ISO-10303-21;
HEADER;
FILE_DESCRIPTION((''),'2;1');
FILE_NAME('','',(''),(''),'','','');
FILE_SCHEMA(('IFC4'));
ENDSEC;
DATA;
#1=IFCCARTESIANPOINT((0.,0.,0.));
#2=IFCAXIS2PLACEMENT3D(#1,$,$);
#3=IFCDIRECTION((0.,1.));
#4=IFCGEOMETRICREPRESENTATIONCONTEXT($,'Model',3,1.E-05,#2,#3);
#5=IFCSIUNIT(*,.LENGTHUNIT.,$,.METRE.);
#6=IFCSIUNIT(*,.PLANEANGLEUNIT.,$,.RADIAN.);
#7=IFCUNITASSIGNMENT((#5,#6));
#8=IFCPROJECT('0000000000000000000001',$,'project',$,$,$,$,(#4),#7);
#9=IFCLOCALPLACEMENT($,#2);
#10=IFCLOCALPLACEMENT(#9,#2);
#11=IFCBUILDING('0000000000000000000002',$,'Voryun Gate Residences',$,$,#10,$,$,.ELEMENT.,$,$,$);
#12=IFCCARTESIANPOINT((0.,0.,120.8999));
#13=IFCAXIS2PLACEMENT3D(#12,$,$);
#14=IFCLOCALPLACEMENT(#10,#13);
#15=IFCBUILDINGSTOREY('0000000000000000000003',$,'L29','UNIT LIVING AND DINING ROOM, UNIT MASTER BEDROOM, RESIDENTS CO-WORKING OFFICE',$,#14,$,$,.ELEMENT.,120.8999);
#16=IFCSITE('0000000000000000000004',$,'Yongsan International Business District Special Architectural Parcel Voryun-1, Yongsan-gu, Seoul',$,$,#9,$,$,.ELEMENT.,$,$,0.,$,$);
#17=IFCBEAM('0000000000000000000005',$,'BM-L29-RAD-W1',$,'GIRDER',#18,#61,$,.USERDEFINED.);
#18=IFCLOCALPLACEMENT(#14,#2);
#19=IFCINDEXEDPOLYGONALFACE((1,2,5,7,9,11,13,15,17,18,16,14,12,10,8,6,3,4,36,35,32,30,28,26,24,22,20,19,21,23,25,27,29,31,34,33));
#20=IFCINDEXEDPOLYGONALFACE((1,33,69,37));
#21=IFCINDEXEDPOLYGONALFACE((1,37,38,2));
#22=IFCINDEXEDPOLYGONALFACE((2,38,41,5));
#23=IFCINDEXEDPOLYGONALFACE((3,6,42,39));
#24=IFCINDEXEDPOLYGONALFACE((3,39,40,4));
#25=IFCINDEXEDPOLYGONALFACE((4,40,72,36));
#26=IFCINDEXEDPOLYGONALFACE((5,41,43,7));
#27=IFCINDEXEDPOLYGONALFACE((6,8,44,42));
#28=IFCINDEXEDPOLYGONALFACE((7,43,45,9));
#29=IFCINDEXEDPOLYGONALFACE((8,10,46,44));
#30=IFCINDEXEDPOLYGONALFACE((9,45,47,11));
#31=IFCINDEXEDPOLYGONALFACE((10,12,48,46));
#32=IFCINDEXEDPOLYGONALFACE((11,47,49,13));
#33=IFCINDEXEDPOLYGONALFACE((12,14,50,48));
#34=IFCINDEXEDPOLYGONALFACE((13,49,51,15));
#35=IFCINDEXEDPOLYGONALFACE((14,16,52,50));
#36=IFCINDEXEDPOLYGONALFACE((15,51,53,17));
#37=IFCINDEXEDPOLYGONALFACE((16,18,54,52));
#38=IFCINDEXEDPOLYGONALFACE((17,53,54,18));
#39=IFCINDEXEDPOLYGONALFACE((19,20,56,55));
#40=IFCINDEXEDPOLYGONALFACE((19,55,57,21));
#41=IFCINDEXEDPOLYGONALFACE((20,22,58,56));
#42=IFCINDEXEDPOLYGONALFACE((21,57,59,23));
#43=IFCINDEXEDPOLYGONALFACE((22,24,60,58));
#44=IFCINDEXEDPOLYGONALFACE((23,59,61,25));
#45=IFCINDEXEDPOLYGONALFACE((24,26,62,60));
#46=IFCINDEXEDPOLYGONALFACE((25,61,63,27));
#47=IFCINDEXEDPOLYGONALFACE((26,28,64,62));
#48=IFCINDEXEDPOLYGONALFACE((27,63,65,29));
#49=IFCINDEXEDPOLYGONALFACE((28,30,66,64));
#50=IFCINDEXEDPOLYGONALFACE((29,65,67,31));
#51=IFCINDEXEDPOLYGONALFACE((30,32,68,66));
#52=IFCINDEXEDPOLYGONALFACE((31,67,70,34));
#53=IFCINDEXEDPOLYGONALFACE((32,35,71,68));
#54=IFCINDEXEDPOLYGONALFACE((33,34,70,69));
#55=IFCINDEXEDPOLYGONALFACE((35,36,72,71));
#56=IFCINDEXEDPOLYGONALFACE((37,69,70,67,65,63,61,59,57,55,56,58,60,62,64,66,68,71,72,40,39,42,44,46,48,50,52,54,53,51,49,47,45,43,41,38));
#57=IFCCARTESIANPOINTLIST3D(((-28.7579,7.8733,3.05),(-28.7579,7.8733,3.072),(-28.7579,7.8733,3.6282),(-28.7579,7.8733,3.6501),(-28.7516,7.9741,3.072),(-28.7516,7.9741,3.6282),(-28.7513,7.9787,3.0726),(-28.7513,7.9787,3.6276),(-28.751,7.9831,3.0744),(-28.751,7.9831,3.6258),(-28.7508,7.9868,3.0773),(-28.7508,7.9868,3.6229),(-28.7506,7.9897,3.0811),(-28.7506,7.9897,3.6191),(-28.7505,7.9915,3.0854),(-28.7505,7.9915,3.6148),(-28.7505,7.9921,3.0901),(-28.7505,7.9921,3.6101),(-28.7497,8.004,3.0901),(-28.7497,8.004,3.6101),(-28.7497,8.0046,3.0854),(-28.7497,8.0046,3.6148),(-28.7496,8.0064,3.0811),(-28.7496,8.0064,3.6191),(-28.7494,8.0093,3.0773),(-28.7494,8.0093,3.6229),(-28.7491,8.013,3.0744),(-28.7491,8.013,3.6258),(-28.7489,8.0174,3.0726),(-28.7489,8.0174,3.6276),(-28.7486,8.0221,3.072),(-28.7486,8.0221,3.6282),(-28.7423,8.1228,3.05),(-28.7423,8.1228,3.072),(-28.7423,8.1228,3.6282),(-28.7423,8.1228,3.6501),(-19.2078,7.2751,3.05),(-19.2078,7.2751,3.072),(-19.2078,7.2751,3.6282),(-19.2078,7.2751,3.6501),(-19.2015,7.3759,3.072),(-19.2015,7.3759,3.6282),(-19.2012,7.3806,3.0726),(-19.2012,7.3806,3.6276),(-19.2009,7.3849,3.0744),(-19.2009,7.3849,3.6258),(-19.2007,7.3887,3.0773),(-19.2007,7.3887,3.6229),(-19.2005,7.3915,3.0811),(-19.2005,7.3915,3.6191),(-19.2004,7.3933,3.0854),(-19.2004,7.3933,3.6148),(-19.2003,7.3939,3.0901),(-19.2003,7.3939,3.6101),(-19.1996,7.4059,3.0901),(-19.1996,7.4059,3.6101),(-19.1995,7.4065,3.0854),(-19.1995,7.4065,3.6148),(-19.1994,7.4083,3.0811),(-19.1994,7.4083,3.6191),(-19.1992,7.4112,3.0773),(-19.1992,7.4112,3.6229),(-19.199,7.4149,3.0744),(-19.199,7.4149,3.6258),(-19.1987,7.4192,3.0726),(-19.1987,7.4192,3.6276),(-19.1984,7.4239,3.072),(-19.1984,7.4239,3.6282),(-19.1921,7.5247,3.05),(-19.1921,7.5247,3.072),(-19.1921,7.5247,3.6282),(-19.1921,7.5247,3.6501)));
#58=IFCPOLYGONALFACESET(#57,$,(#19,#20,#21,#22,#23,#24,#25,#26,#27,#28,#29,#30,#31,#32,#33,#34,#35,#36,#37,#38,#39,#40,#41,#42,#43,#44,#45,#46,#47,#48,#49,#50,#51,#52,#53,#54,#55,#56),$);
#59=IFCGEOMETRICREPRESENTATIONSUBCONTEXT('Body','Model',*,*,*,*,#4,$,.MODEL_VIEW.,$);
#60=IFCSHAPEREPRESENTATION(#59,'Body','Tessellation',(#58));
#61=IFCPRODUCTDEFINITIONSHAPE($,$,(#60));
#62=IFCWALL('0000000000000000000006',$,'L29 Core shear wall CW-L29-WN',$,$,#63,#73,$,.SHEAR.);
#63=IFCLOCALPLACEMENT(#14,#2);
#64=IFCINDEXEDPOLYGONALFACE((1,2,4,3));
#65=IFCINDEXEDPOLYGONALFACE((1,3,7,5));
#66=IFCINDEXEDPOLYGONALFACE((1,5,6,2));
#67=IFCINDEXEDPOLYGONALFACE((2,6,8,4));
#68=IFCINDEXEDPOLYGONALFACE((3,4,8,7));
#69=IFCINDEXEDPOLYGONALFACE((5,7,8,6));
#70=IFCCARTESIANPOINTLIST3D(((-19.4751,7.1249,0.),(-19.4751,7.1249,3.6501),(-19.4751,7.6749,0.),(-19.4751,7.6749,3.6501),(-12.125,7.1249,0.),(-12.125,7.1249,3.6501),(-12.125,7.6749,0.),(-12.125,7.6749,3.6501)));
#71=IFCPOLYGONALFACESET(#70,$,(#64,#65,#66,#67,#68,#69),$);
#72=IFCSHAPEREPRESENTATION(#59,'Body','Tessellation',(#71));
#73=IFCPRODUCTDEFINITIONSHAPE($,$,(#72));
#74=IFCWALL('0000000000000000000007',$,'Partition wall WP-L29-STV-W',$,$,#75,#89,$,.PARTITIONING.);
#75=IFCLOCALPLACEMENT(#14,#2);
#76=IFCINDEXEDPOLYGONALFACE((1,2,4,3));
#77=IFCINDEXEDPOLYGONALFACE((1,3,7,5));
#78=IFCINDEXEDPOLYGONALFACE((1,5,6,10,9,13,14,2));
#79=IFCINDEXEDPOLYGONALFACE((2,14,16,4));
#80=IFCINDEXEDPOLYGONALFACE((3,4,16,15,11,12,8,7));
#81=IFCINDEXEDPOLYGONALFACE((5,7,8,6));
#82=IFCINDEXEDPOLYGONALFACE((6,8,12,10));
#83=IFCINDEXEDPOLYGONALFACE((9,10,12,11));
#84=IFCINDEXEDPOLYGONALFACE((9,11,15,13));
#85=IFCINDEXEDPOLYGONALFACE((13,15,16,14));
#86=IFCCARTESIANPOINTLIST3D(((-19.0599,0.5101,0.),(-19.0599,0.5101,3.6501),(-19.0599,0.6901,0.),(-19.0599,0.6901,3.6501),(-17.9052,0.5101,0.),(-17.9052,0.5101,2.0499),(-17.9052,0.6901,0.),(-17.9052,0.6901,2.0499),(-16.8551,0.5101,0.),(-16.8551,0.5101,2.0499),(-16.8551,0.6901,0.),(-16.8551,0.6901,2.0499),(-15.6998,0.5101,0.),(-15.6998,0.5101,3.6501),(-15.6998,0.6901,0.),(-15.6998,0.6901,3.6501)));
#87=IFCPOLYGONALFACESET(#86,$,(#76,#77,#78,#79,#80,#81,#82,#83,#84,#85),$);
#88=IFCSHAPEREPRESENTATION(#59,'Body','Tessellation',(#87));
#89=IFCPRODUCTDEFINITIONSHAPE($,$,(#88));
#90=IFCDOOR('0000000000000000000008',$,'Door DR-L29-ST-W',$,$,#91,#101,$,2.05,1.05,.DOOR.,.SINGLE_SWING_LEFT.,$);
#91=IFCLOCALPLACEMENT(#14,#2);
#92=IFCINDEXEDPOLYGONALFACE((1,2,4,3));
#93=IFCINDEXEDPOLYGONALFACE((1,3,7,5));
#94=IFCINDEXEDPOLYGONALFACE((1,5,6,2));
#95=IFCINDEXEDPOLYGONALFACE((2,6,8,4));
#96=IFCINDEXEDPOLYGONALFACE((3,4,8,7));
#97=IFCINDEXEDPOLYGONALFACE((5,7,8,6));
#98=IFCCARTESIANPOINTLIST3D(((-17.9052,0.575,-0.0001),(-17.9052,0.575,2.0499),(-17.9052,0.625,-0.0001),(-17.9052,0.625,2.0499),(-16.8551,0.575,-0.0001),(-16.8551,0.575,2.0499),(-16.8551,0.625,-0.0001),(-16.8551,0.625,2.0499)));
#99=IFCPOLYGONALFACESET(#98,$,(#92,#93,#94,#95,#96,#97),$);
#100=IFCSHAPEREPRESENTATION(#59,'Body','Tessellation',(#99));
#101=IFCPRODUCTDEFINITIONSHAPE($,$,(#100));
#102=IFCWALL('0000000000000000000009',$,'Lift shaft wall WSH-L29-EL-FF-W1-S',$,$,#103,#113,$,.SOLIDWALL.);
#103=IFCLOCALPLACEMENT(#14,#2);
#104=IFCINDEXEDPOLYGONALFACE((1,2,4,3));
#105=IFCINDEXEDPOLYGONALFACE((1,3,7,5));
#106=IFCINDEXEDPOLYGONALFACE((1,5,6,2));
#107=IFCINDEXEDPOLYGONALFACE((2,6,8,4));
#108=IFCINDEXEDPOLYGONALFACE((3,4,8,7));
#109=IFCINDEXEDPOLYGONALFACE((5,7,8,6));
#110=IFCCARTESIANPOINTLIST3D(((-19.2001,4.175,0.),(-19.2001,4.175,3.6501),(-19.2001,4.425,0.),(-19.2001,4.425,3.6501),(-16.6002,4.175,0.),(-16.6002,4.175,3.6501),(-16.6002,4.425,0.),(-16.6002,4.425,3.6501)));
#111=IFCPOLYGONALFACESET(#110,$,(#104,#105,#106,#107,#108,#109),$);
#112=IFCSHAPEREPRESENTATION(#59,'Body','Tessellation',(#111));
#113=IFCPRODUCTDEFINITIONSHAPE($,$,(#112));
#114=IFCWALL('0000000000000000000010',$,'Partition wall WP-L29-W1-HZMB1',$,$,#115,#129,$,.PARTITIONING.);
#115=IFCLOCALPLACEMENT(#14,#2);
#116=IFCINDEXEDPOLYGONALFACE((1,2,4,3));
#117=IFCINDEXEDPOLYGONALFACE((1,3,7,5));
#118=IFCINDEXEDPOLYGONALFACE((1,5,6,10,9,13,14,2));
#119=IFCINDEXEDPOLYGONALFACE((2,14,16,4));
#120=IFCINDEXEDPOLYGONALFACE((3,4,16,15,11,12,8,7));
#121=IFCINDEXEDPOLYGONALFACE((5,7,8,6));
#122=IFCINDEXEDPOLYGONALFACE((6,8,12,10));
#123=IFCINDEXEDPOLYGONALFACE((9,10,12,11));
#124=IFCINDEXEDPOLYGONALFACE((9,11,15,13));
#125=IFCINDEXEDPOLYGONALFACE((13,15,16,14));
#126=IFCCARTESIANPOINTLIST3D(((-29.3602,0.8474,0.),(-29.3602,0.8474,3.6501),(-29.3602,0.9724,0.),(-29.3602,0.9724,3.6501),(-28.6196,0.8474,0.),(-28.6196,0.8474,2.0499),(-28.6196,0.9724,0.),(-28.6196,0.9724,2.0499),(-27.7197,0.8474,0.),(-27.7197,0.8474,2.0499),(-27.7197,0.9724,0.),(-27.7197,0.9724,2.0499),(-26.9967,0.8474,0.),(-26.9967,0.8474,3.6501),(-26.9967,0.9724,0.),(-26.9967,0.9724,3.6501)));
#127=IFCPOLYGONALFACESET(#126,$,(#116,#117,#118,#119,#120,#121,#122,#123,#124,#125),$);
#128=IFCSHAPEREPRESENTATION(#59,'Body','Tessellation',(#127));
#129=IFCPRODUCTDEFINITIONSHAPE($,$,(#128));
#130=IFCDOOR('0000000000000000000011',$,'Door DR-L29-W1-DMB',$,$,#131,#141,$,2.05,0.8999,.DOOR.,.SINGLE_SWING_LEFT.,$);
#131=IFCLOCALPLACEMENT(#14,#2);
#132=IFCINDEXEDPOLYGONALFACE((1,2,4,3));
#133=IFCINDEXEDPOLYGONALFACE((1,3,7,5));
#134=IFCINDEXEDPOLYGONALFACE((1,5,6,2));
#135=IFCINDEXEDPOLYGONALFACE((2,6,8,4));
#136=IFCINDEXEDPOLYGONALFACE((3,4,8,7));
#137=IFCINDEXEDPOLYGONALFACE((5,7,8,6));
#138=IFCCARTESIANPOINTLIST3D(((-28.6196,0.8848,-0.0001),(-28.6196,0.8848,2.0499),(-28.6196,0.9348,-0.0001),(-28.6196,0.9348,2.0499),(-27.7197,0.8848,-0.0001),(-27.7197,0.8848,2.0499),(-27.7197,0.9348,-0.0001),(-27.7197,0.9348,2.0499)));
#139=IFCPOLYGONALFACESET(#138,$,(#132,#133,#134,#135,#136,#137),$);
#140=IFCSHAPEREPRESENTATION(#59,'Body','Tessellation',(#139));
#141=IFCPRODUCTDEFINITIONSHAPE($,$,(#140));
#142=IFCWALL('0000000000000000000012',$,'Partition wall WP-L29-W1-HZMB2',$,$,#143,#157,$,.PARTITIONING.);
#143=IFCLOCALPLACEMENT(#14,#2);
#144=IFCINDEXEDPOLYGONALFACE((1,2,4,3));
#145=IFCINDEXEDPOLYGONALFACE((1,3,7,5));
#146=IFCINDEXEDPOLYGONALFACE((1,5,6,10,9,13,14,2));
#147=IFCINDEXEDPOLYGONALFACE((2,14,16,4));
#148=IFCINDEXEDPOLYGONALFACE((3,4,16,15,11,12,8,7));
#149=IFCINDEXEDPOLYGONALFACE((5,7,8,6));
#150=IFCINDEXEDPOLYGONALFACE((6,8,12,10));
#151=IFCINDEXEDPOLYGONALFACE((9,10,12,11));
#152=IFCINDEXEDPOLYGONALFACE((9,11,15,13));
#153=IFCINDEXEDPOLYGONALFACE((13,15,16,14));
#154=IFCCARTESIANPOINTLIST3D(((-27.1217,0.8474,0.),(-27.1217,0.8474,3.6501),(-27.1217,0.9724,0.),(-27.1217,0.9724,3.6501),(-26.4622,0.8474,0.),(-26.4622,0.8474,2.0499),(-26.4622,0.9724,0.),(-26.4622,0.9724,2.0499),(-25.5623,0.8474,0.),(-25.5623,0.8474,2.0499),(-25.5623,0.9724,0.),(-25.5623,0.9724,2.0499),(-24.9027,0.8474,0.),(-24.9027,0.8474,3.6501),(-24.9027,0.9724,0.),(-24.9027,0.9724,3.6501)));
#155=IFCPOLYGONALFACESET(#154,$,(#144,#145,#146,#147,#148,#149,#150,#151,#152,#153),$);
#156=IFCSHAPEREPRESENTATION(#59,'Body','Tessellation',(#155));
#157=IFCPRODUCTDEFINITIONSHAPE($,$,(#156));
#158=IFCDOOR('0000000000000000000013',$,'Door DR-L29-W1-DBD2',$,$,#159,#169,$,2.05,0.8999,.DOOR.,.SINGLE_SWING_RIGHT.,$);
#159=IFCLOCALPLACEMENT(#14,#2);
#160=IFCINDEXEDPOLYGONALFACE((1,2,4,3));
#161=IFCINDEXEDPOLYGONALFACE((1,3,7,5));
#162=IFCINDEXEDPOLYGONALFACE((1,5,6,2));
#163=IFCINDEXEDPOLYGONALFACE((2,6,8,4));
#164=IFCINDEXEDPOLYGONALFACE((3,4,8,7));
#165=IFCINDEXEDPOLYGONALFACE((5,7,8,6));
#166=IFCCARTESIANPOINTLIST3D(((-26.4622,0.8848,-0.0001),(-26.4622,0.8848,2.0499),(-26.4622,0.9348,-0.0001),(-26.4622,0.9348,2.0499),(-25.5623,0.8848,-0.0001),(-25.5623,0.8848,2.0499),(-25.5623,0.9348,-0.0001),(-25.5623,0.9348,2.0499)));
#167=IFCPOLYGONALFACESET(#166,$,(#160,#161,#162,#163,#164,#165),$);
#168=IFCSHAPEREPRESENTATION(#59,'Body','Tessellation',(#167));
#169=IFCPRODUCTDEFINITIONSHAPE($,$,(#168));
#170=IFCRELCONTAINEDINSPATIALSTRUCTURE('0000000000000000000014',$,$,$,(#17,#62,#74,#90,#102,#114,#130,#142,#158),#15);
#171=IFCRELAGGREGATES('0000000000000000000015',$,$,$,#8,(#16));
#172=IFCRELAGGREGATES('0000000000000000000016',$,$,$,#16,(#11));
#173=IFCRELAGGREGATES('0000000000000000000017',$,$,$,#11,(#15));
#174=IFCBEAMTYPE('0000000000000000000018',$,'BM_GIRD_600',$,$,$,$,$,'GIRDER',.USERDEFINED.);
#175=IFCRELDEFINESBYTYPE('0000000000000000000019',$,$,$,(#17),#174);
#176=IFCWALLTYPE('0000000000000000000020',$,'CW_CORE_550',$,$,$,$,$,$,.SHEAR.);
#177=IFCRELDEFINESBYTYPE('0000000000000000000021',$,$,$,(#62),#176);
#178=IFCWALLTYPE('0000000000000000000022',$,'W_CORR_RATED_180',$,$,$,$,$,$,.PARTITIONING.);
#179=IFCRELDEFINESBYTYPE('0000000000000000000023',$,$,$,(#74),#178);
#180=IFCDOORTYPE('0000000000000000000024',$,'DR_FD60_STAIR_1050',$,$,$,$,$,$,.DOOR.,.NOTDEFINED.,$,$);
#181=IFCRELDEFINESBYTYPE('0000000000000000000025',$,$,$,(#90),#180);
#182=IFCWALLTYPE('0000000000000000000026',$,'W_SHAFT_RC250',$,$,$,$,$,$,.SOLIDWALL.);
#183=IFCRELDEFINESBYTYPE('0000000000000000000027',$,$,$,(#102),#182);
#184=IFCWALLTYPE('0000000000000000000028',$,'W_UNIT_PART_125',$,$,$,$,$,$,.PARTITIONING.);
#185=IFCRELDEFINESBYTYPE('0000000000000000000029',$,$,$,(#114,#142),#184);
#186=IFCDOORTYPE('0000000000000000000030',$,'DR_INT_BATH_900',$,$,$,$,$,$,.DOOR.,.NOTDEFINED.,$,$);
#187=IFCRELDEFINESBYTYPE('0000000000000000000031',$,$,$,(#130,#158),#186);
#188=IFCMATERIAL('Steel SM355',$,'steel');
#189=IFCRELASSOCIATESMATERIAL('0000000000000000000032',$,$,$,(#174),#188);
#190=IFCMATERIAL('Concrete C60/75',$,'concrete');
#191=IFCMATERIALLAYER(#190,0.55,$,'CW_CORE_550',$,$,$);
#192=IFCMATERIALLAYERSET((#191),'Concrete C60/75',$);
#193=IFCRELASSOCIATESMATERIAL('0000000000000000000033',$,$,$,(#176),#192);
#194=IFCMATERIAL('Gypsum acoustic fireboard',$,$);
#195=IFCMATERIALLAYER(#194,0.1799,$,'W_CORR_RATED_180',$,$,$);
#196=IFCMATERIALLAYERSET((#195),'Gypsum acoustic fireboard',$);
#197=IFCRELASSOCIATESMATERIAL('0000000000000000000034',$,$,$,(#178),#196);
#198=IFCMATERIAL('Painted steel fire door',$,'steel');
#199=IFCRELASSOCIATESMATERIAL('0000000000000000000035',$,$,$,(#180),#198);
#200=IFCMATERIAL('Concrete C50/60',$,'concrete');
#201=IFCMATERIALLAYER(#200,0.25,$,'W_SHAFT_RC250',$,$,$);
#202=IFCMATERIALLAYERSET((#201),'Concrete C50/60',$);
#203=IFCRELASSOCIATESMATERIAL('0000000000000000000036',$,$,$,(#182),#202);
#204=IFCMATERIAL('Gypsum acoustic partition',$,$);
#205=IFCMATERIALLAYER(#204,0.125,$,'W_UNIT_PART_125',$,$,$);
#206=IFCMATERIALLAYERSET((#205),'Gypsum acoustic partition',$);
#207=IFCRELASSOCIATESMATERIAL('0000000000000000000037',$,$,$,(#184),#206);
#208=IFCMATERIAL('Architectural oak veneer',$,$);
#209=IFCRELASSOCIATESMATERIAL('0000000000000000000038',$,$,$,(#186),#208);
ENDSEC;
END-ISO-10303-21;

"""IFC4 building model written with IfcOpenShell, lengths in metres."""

from ifc_helpers import new_model, si_unit, direction, frame, frame_2d, origin, origin_2d, place, context, subcontext, project, spatial, rectangle, i_section, extrude, material, layer, layer_set, material_profile, profile_set, type_object, element, fill, save


model = new_model("IFC4")

# Units and contexts
model_context = context("Model", 3, precision=1e-05, world=origin(), true_north=direction((0.0, 1.0)))
body_context = subcontext(model_context, "Body", "Model", "MODEL_VIEW")
ifc_project = project(units=[si_unit("LENGTHUNIT", "METRE"), si_unit("PLANEANGLEUNIT", "RADIAN")], contexts=[model_context])

# Site, building, storey
site_placement = place(None, origin())
site = spatial("IfcSite", under=ifc_project, at=site_placement, Name="Yongsan International Business District Special Architectural Parcel Voryun-1, Yongsan-gu, Seoul", CompositionType="ELEMENT", RefElevation=0.0)
building_placement = place(site_placement, origin())
building = spatial("IfcBuilding", under=site, at=building_placement, Name="Voryun Gate Residences", CompositionType="ELEMENT")
storey_placement = place(building_placement, frame((0.0, 0.0, 120.8999)))
storey = spatial("IfcBuildingStorey", under=building, at=storey_placement, Name="L29", Description="UNIT LIVING AND DINING ROOM, UNIT MASTER BEDROOM, RESIDENTS CO-WORKING OFFICE", CompositionType="ELEMENT", Elevation=120.8999)

# Beam
ifc_material_1 = material(Name="Steel SM355", Category="steel")
ifc_material_profile_1 = material_profile(ifc_material_1, i_section(OverallWidth=0.25, OverallDepth=0.6001, WebThickness=0.012, FlangeThickness=0.022, FilletRadius=0.0181, at=origin_2d()), Name="H-600x250x12x22")
ifc_profile_set_1 = profile_set([ifc_material_profile_1], Name="Steel SM355")
beam_type_1 = type_object("IfcBeamType", Name="BM_GIRD_600", ElementType="GIRDER", PredefinedType="USERDEFINED", material=ifc_profile_set_1)
beam_1_placement = place(storey_placement, frame((-19.2, 7.3999, 3.3501), z_axis=(-0.998044, 0.06251, 0.0), x_axis=(-0.06251, -0.998044, 0.0)))
element("IfcBeam", 1, at=beam_1_placement, inside=storey, type_object=beam_type_1, Name="BM-L29-RAD-W1", ObjectType="GIRDER", PredefinedType="USERDEFINED", context=body_context, shape_type="SweptSolid", body=[
    extrude(i_section(OverallWidth=0.25, OverallDepth=0.6001, WebThickness=0.012, FlangeThickness=0.022, FilletRadius=0.0181, at=origin_2d()), origin(), (0.0, 0.0, 1.0), 9.5688),
])

# Wall
ifc_material_2 = material(Name="Concrete C60/75", Category="concrete")
ifc_layer_1 = layer(ifc_material_2, 0.55, Name="CW_CORE_550")
ifc_layer_set_1 = layer_set([ifc_layer_1], Name="Concrete C60/75")
wall_type_1 = type_object("IfcWallType", Name="CW_CORE_550", PredefinedType="SHEAR", material=ifc_layer_set_1)
wall_1_placement = place(storey_placement, frame((-19.4751, 7.3999, 0.0), z_axis=(0.0, 0.0, 1.0), x_axis=(1.0, 0.0, 0.0)))
element("IfcWall", 2, at=wall_1_placement, inside=storey, type_object=wall_type_1, Name="L29 Core shear wall CW-L29-WN", PredefinedType="SHEAR", context=body_context, shape_type="SweptSolid", body=[
    extrude(rectangle(XDim=7.3501, YDim=0.55, at=frame_2d((3.675, 0.0))), origin(), (0.0, 0.0, 1.0), 3.6501),
])

# Wall, opening, door
ifc_material_3 = material(Name="Gypsum acoustic fireboard")
ifc_layer_2 = layer(ifc_material_3, 0.1799, Name="W_CORR_RATED_180")
ifc_layer_set_2 = layer_set([ifc_layer_2], Name="Gypsum acoustic fireboard")
wall_type_2 = type_object("IfcWallType", Name="W_CORR_RATED_180", PredefinedType="PARTITIONING", material=ifc_layer_set_2)
wall_2_placement = place(storey_placement, frame((-19.0601, 0.6001, 0.0), z_axis=(0.0, 0.0, 1.0), x_axis=(1.0, 0.0, 0.0)))
wall_2 = element("IfcWall", 3, at=wall_2_placement, inside=storey, type_object=wall_type_2, Name="Partition wall WP-L29-STV-W", PredefinedType="PARTITIONING", context=body_context, shape_type="SweptSolid", body=[
    extrude(rectangle(XDim=3.3601, YDim=0.1799, at=frame_2d((1.6802, 0.0))), origin(), (0.0, 0.0, 1.0), 3.6501),
])
opening_1_placement = place(wall_2_placement, frame((1.155, 0.0, 0.0)))
opening_1 = element("IfcOpeningElement", 4, at=opening_1_placement, cuts=wall_2, PredefinedType="OPENING", context=body_context, shape_type="SweptSolid", body=[
    extrude(rectangle(XDim=1.05, YDim=2.05, at=frame_2d((0.5249, 1.0249))), frame((0.0, 0.0999, 0.0), z_axis=(0.0, -1.0, 0.0), x_axis=(1.0, 0.0, 0.0)), (0.0, 0.0, 1.0), 0.2),
])
ifc_material_4 = material(Name="Painted steel fire door", Category="steel")
door_type_1 = type_object("IfcDoorType", Name="DR_FD60_STAIR_1050", OperationType="NOTDEFINED", PredefinedType="DOOR", material=ifc_material_4)
door_1_placement = place(opening_1_placement, origin())
door_1 = element("IfcDoor", 5, at=door_1_placement, inside=storey, type_object=door_type_1, Name="Door DR-L29-ST-W", OperationType="SINGLE_SWING_LEFT", OverallHeight=2.05, OverallWidth=1.05, PredefinedType="DOOR", context=body_context, shape_type="SweptSolid", body=[
    extrude(rectangle(XDim=1.05, YDim=2.05, at=frame_2d((0.5249, 1.0249))), frame((0.0, 0.0249, 0.0), z_axis=(0.0, -1.0, 0.0), x_axis=(1.0, 0.0, 0.0)), (0.0, 0.0, 1.0), 0.05),
])
fill(opening_1, door_1)

# Wall
ifc_material_5 = material(Name="Concrete C50/60", Category="concrete")
ifc_layer_3 = layer(ifc_material_5, 0.25, Name="W_SHAFT_RC250")
ifc_layer_set_3 = layer_set([ifc_layer_3], Name="Concrete C50/60")
wall_type_3 = type_object("IfcWallType", Name="W_SHAFT_RC250", PredefinedType="SOLIDWALL", material=ifc_layer_set_3)
wall_3_placement = place(storey_placement, frame((-19.2, 4.3, 0.0), z_axis=(0.0, 0.0, 1.0), x_axis=(1.0, 0.0, 0.0)))
element("IfcWall", 6, at=wall_3_placement, inside=storey, type_object=wall_type_3, Name="Lift shaft wall WSH-L29-EL-FF-W1-S", PredefinedType="SOLIDWALL", context=body_context, shape_type="SweptSolid", body=[
    extrude(rectangle(XDim=2.5999, YDim=0.25, at=frame_2d((1.2998, 0.0))), origin(), (0.0, 0.0, 1.0), 3.6501),
])

# Walls, openings, doors
ifc_material_6 = material(Name="Gypsum acoustic partition")
ifc_layer_4 = layer(ifc_material_6, 0.125, Name="W_UNIT_PART_125")
ifc_layer_set_4 = layer_set([ifc_layer_4], Name="Gypsum acoustic partition")
wall_type_4 = type_object("IfcWallType", Name="W_UNIT_PART_125", PredefinedType="PARTITIONING", material=ifc_layer_set_4)
wall_4_placement = place(storey_placement, frame((-29.3601, 0.9099, 0.0), z_axis=(0.0, 0.0, 1.0), x_axis=(1.0, 0.0, 0.0)))
wall_4 = element("IfcWall", 7, at=wall_4_placement, inside=storey, type_object=wall_type_4, Name="Partition wall WP-L29-W1-HZMB1", PredefinedType="PARTITIONING", context=body_context, shape_type="SweptSolid", body=[
    extrude(rectangle(XDim=2.3635, YDim=0.125, at=frame_2d((1.1816, 0.0))), origin(), (0.0, 0.0, 1.0), 3.6501),
])
opening_2_placement = place(wall_4_placement, frame((0.7405, 0.0, 0.0)))
opening_2 = element("IfcOpeningElement", 8, at=opening_2_placement, cuts=wall_4, PredefinedType="OPENING", context=body_context, shape_type="SweptSolid", body=[
    extrude(rectangle(XDim=0.8999, YDim=2.05, at=frame_2d((0.45, 1.0249))), frame((0.0, 0.0725, 0.0), z_axis=(0.0, -1.0, 0.0), x_axis=(1.0, 0.0, 0.0)), (0.0, 0.0, 1.0), 0.145),
])
ifc_material_7 = material(Name="Architectural oak veneer")
door_type_2 = type_object("IfcDoorType", Name="DR_INT_BATH_900", OperationType="NOTDEFINED", PredefinedType="DOOR", material=ifc_material_7)
door_2_placement = place(opening_2_placement, origin())
door_2 = element("IfcDoor", 9, at=door_2_placement, inside=storey, type_object=door_type_2, Name="Door DR-L29-W1-DMB", OperationType="SINGLE_SWING_LEFT", OverallHeight=2.05, OverallWidth=0.8999, PredefinedType="DOOR", context=body_context, shape_type="SweptSolid", body=[
    extrude(rectangle(XDim=0.8999, YDim=2.05, at=frame_2d((0.45, 1.0249))), frame((0.0, 0.0249, 0.0), z_axis=(0.0, -1.0, 0.0), x_axis=(1.0, 0.0, 0.0)), (0.0, 0.0, 1.0), 0.05),
])
fill(opening_2, door_2)
wall_5_placement = place(storey_placement, frame((-27.1216, 0.9099, 0.0), z_axis=(0.0, 0.0, 1.0), x_axis=(1.0, 0.0, 0.0)))
wall_5 = element("IfcWall", 10, at=wall_5_placement, inside=storey, type_object=wall_type_4, Name="Partition wall WP-L29-W1-HZMB2", PredefinedType="PARTITIONING", context=body_context, shape_type="SweptSolid", body=[
    extrude(rectangle(XDim=2.219, YDim=0.125, at=frame_2d((1.1094, 0.0))), origin(), (0.0, 0.0, 1.0), 3.6501),
])
opening_3_placement = place(wall_5_placement, frame((0.6594, 0.0, 0.0)))
opening_3 = element("IfcOpeningElement", 11, at=opening_3_placement, cuts=wall_5, PredefinedType="OPENING", context=body_context, shape_type="SweptSolid", body=[
    extrude(rectangle(XDim=0.8999, YDim=2.05, at=frame_2d((0.45, 1.0249))), frame((0.0, 0.0725, 0.0), z_axis=(0.0, -1.0, 0.0), x_axis=(1.0, 0.0, 0.0)), (0.0, 0.0, 1.0), 0.145),
])
door_3_placement = place(opening_3_placement, origin())
door_3 = element("IfcDoor", 12, at=door_3_placement, inside=storey, type_object=door_type_2, Name="Door DR-L29-W1-DBD2", OperationType="SINGLE_SWING_RIGHT", OverallHeight=2.05, OverallWidth=0.8999, PredefinedType="DOOR", context=body_context, shape_type="SweptSolid", body=[
    extrude(rectangle(XDim=0.8999, YDim=2.05, at=frame_2d((0.45, 1.0249))), frame((0.0, 0.0249, 0.0), z_axis=(0.0, -1.0, 0.0), x_axis=(1.0, 0.0, 0.0)), (0.0, 0.0, 1.0), 0.05),
])
fill(opening_3, door_3)

save(model, "model.ifc")
